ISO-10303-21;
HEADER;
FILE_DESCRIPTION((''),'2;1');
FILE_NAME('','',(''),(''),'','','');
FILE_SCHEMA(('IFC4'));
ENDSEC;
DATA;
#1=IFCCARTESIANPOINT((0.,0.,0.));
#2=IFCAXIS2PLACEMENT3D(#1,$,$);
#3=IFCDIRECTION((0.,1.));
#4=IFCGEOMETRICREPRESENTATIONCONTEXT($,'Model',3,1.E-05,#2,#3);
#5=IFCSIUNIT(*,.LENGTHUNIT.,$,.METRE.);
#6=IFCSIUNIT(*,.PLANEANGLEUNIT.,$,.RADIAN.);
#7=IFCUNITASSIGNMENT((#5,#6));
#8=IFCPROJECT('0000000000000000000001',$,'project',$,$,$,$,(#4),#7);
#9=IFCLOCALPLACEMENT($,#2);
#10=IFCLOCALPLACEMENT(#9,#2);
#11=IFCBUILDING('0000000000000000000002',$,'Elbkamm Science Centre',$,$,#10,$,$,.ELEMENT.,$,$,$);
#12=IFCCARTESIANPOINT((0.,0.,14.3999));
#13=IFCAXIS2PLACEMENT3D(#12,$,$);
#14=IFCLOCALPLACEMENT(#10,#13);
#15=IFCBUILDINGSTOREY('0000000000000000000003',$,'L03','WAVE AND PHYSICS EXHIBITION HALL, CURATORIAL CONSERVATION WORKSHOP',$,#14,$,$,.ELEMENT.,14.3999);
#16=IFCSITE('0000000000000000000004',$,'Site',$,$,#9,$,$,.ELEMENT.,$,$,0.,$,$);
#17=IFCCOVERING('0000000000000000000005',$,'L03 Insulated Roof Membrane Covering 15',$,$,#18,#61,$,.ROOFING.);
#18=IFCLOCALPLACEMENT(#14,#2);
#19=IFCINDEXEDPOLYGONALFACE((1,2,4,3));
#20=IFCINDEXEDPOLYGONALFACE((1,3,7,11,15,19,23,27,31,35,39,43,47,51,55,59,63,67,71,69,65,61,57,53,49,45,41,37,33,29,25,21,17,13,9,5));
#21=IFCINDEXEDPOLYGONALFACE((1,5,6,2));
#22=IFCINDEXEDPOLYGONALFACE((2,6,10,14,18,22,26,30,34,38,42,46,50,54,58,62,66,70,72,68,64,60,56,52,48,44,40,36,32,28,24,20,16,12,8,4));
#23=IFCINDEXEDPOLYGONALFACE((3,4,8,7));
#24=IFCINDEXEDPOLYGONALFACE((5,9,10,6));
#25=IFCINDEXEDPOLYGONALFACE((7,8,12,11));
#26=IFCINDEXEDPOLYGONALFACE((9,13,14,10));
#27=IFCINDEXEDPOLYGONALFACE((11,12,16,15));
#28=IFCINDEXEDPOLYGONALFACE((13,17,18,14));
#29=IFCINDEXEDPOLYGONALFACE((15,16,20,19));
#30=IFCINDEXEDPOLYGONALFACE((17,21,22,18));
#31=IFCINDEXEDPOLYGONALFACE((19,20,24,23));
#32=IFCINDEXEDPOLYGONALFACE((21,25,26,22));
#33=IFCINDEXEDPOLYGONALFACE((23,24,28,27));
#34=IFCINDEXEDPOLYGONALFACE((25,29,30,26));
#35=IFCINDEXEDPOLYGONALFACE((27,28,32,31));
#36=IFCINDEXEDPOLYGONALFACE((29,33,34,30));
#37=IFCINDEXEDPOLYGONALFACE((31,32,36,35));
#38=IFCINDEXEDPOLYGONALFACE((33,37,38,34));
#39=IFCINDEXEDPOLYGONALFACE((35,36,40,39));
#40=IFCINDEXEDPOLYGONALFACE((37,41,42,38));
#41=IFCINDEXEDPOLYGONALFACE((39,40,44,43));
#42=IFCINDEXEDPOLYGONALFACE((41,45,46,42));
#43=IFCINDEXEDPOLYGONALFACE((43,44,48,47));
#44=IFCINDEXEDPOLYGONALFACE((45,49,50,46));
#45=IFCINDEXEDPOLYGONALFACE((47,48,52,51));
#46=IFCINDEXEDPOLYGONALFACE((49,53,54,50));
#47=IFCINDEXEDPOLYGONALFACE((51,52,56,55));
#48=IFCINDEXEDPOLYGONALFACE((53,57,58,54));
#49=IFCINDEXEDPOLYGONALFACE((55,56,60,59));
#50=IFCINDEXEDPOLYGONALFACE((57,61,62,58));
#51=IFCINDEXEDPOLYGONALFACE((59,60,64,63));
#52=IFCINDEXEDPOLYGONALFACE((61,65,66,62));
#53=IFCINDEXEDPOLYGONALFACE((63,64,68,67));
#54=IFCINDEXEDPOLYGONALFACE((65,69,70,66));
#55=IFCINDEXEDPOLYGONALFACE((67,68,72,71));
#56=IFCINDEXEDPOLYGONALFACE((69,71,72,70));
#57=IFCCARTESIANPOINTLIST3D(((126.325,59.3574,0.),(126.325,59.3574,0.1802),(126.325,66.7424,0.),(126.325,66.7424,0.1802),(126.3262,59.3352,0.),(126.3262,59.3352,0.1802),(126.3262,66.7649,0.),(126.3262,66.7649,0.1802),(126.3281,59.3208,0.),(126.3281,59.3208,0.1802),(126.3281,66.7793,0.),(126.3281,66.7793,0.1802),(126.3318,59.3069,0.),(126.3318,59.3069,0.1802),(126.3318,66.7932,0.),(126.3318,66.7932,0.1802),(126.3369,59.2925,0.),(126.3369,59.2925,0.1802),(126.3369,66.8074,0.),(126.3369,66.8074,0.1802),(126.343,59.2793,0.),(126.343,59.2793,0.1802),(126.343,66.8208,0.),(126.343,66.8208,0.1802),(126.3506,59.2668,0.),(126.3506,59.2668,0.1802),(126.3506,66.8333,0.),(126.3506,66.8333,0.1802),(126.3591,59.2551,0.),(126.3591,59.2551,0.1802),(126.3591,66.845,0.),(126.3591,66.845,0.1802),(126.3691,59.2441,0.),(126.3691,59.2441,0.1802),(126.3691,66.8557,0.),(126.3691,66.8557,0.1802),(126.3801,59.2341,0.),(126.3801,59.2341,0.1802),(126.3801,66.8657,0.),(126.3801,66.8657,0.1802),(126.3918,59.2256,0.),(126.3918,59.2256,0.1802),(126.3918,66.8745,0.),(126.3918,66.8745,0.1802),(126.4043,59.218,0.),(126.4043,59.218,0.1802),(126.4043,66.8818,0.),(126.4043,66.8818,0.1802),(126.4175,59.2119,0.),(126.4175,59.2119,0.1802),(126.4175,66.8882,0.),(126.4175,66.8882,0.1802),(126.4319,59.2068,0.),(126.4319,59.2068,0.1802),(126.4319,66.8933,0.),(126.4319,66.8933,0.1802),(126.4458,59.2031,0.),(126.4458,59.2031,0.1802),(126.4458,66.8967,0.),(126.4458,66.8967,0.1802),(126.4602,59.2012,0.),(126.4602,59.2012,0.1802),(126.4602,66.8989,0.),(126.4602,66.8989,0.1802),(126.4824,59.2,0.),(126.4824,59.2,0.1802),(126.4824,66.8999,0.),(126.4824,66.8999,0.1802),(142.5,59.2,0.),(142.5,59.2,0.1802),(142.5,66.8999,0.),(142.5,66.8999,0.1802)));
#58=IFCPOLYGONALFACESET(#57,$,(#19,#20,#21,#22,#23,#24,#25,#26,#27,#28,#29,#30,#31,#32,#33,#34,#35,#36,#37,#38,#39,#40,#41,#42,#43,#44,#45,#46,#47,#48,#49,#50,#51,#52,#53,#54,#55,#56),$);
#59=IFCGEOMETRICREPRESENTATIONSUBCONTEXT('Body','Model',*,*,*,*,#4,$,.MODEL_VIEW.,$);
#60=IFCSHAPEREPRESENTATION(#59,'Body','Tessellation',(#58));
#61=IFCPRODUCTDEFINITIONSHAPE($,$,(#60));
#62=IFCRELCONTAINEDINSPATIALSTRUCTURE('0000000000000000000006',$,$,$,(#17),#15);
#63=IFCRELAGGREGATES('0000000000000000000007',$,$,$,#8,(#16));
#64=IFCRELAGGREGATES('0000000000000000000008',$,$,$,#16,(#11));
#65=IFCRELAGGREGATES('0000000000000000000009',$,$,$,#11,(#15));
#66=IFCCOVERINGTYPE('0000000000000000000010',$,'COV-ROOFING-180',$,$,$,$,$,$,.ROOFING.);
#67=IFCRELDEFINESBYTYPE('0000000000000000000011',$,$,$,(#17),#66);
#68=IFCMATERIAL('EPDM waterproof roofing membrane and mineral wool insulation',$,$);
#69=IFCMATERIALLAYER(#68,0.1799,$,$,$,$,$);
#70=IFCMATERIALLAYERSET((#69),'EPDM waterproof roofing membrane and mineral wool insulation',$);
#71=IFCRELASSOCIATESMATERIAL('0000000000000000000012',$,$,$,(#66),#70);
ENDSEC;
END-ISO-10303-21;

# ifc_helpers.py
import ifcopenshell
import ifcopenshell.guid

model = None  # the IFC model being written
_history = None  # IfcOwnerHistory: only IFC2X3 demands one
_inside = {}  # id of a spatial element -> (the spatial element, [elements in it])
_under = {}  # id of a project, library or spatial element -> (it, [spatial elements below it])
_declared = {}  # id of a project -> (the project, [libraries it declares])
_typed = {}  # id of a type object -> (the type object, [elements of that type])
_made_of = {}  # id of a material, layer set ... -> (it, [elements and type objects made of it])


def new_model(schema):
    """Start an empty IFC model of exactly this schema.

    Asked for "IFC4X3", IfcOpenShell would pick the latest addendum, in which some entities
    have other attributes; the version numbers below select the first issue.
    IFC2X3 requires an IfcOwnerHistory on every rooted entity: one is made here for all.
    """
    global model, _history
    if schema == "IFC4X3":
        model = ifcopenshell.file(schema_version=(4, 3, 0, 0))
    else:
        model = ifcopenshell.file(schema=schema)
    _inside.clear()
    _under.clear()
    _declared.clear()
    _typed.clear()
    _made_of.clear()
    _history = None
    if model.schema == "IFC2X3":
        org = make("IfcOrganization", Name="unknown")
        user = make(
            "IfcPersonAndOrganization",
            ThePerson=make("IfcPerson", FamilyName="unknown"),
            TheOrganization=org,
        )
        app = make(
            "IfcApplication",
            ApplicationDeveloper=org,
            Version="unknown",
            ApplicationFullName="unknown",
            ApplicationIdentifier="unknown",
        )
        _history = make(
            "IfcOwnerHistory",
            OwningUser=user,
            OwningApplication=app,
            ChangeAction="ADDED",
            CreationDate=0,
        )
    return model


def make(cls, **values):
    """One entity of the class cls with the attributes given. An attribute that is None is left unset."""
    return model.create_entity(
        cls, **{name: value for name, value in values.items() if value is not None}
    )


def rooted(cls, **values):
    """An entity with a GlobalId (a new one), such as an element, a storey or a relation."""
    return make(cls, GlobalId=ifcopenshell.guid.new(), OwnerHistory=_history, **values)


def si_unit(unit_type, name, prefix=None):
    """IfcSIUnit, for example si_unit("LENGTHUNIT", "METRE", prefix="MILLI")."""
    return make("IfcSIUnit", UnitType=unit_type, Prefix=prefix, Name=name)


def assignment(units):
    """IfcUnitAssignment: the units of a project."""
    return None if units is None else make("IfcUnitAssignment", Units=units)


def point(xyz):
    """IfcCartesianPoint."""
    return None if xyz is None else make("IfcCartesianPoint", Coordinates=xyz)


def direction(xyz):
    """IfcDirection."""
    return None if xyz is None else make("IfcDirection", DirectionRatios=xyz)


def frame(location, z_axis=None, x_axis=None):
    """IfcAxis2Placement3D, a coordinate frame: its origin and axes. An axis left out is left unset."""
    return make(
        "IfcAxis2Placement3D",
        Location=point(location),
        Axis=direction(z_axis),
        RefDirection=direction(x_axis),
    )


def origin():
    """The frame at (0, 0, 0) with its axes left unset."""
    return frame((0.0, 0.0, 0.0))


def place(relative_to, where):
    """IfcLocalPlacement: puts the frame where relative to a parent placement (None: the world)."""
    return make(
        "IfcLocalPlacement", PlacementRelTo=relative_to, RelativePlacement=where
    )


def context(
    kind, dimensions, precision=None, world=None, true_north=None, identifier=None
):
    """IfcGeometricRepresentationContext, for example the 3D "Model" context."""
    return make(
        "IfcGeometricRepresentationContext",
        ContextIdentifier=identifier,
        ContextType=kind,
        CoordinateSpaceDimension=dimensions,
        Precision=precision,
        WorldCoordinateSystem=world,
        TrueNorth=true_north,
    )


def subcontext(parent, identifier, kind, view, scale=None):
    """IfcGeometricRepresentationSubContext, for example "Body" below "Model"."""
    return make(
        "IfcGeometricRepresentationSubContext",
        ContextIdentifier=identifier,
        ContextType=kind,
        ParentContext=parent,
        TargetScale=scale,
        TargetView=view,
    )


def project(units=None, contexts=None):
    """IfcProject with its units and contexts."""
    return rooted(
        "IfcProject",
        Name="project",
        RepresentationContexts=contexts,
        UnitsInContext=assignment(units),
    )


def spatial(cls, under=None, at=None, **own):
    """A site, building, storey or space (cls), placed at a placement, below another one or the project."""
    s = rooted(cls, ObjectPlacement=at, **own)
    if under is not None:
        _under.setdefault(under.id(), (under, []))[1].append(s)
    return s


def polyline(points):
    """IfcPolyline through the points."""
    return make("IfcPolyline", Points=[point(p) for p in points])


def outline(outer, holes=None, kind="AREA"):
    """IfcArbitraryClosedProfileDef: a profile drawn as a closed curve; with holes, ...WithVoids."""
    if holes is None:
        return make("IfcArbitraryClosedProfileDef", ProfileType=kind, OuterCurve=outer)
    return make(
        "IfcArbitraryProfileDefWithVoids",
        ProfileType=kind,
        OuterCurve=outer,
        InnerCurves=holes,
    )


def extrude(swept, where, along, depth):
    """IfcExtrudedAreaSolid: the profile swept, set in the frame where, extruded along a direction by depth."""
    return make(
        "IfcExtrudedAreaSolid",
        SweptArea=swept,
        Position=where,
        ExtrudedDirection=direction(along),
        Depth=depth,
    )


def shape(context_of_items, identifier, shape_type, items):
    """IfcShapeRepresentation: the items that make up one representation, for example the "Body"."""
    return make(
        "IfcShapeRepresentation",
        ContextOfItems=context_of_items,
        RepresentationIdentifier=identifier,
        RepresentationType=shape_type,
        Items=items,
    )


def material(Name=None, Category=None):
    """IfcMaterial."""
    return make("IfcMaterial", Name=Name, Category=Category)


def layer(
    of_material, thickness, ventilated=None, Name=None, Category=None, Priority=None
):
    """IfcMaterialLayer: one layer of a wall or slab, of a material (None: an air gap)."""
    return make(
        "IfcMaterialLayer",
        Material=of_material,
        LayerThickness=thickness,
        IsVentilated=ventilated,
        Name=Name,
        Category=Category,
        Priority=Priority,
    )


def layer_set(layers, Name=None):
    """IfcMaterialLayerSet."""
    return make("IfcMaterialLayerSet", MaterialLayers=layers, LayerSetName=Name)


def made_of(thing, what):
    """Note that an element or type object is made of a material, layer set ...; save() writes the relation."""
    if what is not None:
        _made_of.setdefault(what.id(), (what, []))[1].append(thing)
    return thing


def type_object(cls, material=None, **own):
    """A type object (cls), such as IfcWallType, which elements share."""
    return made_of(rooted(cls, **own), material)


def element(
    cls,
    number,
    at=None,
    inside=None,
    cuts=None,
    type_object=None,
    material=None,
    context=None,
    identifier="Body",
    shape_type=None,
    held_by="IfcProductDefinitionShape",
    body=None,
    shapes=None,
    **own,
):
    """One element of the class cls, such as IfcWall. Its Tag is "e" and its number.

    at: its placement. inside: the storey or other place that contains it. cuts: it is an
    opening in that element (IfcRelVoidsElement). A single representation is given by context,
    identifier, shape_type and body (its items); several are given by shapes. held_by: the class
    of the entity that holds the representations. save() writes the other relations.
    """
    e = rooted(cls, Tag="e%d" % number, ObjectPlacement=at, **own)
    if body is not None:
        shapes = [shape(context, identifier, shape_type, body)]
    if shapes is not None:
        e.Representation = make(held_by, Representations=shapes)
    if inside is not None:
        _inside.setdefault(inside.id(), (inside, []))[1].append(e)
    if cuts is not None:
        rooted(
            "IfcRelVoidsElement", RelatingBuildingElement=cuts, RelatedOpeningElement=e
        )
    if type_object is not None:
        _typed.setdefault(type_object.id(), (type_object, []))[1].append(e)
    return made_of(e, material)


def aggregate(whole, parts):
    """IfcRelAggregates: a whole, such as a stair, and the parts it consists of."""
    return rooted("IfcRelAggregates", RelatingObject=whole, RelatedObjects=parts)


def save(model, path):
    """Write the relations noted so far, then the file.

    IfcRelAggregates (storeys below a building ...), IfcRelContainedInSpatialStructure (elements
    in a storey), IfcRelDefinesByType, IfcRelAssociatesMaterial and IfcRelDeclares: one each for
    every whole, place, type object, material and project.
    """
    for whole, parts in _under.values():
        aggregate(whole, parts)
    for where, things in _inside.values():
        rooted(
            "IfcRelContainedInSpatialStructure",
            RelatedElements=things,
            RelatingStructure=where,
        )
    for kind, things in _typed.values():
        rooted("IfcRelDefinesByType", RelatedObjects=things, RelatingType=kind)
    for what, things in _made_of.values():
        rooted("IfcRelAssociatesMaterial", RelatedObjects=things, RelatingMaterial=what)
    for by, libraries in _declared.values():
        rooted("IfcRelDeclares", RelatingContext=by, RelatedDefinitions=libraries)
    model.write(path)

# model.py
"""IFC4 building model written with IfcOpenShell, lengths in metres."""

from ifc_helpers import new_model, si_unit, direction, frame, origin, place, context, subcontext, project, spatial, polyline, outline, extrude, material, layer, layer_set, type_object, element, save


model = new_model("IFC4")

# Units and contexts
model_context = context("Model", 3, precision=1e-05, world=origin(), true_north=direction((0.0, 1.0)))
body_context = subcontext(model_context, "Body", "Model", "MODEL_VIEW")
ifc_project = project(units=[si_unit("LENGTHUNIT", "METRE"), si_unit("PLANEANGLEUNIT", "RADIAN")], contexts=[model_context])

# Site, building, storey
site_placement = place(None, origin())
site = spatial("IfcSite", under=ifc_project, at=site_placement, Name="Site", CompositionType="ELEMENT", RefElevation=0.0)
building_placement = place(site_placement, origin())
building = spatial("IfcBuilding", under=site, at=building_placement, Name="Elbkamm Science Centre", CompositionType="ELEMENT")
storey_placement = place(building_placement, frame((0.0, 0.0, 14.3999)))
storey = spatial("IfcBuildingStorey", under=building, at=storey_placement, Name="L03", Description="WAVE AND PHYSICS EXHIBITION HALL, CURATORIAL CONSERVATION WORKSHOP", CompositionType="ELEMENT", Elevation=14.3999)

# Covering
ifc_material_1 = material(Name="EPDM waterproof roofing membrane and mineral wool insulation")
ifc_layer_1 = layer(ifc_material_1, 0.1799)
ifc_layer_set_1 = layer_set([ifc_layer_1], Name="EPDM waterproof roofing membrane and mineral wool insulation")
covering_type = type_object("IfcCoveringType", Name="COV-ROOFING-180", PredefinedType="ROOFING", material=ifc_layer_set_1)
covering_1_placement = place(storey_placement, origin())
element("IfcCovering", 1, at=covering_1_placement, inside=storey, type_object=covering_type, Name="L03 Insulated Roof Membrane Covering 15", PredefinedType="ROOFING", context=body_context, shape_type="SweptSolid", body=[
    extrude(outline(polyline([(126.4602, 59.2012), (126.4458, 59.2031), (126.4319, 59.2068), (126.4175, 59.2119), (126.4043, 59.218), (126.3918, 59.2256), (126.3801, 59.2341), (126.3691, 59.2441), (126.3591, 59.2551), (126.3506, 59.2668), (126.343, 59.2793), (126.3369, 59.2925), (126.3318, 59.3069), (126.3281, 59.3208), (126.3262, 59.3352), (126.325, 59.3574), (126.325, 66.7424), (126.3262, 66.7649), (126.3281, 66.7793), (126.3318, 66.7932), (126.3369, 66.8074), (126.343, 66.8208), (126.3506, 66.8333), (126.3591, 66.845), (126.3691, 66.8557), (126.3801, 66.8657), (126.3918, 66.8745), (126.4043, 66.8818), (126.4175, 66.8882), (126.4319, 66.8933), (126.4458, 66.8967), (126.4602, 66.8989), (126.4824, 66.8999), (142.5, 66.8999), (142.5, 59.2), (126.4824, 59.2), (126.4602, 59.2012)])), origin(), (0.0, 0.0, 1.0), 0.1802),
])

save(model, "model.ifc")
